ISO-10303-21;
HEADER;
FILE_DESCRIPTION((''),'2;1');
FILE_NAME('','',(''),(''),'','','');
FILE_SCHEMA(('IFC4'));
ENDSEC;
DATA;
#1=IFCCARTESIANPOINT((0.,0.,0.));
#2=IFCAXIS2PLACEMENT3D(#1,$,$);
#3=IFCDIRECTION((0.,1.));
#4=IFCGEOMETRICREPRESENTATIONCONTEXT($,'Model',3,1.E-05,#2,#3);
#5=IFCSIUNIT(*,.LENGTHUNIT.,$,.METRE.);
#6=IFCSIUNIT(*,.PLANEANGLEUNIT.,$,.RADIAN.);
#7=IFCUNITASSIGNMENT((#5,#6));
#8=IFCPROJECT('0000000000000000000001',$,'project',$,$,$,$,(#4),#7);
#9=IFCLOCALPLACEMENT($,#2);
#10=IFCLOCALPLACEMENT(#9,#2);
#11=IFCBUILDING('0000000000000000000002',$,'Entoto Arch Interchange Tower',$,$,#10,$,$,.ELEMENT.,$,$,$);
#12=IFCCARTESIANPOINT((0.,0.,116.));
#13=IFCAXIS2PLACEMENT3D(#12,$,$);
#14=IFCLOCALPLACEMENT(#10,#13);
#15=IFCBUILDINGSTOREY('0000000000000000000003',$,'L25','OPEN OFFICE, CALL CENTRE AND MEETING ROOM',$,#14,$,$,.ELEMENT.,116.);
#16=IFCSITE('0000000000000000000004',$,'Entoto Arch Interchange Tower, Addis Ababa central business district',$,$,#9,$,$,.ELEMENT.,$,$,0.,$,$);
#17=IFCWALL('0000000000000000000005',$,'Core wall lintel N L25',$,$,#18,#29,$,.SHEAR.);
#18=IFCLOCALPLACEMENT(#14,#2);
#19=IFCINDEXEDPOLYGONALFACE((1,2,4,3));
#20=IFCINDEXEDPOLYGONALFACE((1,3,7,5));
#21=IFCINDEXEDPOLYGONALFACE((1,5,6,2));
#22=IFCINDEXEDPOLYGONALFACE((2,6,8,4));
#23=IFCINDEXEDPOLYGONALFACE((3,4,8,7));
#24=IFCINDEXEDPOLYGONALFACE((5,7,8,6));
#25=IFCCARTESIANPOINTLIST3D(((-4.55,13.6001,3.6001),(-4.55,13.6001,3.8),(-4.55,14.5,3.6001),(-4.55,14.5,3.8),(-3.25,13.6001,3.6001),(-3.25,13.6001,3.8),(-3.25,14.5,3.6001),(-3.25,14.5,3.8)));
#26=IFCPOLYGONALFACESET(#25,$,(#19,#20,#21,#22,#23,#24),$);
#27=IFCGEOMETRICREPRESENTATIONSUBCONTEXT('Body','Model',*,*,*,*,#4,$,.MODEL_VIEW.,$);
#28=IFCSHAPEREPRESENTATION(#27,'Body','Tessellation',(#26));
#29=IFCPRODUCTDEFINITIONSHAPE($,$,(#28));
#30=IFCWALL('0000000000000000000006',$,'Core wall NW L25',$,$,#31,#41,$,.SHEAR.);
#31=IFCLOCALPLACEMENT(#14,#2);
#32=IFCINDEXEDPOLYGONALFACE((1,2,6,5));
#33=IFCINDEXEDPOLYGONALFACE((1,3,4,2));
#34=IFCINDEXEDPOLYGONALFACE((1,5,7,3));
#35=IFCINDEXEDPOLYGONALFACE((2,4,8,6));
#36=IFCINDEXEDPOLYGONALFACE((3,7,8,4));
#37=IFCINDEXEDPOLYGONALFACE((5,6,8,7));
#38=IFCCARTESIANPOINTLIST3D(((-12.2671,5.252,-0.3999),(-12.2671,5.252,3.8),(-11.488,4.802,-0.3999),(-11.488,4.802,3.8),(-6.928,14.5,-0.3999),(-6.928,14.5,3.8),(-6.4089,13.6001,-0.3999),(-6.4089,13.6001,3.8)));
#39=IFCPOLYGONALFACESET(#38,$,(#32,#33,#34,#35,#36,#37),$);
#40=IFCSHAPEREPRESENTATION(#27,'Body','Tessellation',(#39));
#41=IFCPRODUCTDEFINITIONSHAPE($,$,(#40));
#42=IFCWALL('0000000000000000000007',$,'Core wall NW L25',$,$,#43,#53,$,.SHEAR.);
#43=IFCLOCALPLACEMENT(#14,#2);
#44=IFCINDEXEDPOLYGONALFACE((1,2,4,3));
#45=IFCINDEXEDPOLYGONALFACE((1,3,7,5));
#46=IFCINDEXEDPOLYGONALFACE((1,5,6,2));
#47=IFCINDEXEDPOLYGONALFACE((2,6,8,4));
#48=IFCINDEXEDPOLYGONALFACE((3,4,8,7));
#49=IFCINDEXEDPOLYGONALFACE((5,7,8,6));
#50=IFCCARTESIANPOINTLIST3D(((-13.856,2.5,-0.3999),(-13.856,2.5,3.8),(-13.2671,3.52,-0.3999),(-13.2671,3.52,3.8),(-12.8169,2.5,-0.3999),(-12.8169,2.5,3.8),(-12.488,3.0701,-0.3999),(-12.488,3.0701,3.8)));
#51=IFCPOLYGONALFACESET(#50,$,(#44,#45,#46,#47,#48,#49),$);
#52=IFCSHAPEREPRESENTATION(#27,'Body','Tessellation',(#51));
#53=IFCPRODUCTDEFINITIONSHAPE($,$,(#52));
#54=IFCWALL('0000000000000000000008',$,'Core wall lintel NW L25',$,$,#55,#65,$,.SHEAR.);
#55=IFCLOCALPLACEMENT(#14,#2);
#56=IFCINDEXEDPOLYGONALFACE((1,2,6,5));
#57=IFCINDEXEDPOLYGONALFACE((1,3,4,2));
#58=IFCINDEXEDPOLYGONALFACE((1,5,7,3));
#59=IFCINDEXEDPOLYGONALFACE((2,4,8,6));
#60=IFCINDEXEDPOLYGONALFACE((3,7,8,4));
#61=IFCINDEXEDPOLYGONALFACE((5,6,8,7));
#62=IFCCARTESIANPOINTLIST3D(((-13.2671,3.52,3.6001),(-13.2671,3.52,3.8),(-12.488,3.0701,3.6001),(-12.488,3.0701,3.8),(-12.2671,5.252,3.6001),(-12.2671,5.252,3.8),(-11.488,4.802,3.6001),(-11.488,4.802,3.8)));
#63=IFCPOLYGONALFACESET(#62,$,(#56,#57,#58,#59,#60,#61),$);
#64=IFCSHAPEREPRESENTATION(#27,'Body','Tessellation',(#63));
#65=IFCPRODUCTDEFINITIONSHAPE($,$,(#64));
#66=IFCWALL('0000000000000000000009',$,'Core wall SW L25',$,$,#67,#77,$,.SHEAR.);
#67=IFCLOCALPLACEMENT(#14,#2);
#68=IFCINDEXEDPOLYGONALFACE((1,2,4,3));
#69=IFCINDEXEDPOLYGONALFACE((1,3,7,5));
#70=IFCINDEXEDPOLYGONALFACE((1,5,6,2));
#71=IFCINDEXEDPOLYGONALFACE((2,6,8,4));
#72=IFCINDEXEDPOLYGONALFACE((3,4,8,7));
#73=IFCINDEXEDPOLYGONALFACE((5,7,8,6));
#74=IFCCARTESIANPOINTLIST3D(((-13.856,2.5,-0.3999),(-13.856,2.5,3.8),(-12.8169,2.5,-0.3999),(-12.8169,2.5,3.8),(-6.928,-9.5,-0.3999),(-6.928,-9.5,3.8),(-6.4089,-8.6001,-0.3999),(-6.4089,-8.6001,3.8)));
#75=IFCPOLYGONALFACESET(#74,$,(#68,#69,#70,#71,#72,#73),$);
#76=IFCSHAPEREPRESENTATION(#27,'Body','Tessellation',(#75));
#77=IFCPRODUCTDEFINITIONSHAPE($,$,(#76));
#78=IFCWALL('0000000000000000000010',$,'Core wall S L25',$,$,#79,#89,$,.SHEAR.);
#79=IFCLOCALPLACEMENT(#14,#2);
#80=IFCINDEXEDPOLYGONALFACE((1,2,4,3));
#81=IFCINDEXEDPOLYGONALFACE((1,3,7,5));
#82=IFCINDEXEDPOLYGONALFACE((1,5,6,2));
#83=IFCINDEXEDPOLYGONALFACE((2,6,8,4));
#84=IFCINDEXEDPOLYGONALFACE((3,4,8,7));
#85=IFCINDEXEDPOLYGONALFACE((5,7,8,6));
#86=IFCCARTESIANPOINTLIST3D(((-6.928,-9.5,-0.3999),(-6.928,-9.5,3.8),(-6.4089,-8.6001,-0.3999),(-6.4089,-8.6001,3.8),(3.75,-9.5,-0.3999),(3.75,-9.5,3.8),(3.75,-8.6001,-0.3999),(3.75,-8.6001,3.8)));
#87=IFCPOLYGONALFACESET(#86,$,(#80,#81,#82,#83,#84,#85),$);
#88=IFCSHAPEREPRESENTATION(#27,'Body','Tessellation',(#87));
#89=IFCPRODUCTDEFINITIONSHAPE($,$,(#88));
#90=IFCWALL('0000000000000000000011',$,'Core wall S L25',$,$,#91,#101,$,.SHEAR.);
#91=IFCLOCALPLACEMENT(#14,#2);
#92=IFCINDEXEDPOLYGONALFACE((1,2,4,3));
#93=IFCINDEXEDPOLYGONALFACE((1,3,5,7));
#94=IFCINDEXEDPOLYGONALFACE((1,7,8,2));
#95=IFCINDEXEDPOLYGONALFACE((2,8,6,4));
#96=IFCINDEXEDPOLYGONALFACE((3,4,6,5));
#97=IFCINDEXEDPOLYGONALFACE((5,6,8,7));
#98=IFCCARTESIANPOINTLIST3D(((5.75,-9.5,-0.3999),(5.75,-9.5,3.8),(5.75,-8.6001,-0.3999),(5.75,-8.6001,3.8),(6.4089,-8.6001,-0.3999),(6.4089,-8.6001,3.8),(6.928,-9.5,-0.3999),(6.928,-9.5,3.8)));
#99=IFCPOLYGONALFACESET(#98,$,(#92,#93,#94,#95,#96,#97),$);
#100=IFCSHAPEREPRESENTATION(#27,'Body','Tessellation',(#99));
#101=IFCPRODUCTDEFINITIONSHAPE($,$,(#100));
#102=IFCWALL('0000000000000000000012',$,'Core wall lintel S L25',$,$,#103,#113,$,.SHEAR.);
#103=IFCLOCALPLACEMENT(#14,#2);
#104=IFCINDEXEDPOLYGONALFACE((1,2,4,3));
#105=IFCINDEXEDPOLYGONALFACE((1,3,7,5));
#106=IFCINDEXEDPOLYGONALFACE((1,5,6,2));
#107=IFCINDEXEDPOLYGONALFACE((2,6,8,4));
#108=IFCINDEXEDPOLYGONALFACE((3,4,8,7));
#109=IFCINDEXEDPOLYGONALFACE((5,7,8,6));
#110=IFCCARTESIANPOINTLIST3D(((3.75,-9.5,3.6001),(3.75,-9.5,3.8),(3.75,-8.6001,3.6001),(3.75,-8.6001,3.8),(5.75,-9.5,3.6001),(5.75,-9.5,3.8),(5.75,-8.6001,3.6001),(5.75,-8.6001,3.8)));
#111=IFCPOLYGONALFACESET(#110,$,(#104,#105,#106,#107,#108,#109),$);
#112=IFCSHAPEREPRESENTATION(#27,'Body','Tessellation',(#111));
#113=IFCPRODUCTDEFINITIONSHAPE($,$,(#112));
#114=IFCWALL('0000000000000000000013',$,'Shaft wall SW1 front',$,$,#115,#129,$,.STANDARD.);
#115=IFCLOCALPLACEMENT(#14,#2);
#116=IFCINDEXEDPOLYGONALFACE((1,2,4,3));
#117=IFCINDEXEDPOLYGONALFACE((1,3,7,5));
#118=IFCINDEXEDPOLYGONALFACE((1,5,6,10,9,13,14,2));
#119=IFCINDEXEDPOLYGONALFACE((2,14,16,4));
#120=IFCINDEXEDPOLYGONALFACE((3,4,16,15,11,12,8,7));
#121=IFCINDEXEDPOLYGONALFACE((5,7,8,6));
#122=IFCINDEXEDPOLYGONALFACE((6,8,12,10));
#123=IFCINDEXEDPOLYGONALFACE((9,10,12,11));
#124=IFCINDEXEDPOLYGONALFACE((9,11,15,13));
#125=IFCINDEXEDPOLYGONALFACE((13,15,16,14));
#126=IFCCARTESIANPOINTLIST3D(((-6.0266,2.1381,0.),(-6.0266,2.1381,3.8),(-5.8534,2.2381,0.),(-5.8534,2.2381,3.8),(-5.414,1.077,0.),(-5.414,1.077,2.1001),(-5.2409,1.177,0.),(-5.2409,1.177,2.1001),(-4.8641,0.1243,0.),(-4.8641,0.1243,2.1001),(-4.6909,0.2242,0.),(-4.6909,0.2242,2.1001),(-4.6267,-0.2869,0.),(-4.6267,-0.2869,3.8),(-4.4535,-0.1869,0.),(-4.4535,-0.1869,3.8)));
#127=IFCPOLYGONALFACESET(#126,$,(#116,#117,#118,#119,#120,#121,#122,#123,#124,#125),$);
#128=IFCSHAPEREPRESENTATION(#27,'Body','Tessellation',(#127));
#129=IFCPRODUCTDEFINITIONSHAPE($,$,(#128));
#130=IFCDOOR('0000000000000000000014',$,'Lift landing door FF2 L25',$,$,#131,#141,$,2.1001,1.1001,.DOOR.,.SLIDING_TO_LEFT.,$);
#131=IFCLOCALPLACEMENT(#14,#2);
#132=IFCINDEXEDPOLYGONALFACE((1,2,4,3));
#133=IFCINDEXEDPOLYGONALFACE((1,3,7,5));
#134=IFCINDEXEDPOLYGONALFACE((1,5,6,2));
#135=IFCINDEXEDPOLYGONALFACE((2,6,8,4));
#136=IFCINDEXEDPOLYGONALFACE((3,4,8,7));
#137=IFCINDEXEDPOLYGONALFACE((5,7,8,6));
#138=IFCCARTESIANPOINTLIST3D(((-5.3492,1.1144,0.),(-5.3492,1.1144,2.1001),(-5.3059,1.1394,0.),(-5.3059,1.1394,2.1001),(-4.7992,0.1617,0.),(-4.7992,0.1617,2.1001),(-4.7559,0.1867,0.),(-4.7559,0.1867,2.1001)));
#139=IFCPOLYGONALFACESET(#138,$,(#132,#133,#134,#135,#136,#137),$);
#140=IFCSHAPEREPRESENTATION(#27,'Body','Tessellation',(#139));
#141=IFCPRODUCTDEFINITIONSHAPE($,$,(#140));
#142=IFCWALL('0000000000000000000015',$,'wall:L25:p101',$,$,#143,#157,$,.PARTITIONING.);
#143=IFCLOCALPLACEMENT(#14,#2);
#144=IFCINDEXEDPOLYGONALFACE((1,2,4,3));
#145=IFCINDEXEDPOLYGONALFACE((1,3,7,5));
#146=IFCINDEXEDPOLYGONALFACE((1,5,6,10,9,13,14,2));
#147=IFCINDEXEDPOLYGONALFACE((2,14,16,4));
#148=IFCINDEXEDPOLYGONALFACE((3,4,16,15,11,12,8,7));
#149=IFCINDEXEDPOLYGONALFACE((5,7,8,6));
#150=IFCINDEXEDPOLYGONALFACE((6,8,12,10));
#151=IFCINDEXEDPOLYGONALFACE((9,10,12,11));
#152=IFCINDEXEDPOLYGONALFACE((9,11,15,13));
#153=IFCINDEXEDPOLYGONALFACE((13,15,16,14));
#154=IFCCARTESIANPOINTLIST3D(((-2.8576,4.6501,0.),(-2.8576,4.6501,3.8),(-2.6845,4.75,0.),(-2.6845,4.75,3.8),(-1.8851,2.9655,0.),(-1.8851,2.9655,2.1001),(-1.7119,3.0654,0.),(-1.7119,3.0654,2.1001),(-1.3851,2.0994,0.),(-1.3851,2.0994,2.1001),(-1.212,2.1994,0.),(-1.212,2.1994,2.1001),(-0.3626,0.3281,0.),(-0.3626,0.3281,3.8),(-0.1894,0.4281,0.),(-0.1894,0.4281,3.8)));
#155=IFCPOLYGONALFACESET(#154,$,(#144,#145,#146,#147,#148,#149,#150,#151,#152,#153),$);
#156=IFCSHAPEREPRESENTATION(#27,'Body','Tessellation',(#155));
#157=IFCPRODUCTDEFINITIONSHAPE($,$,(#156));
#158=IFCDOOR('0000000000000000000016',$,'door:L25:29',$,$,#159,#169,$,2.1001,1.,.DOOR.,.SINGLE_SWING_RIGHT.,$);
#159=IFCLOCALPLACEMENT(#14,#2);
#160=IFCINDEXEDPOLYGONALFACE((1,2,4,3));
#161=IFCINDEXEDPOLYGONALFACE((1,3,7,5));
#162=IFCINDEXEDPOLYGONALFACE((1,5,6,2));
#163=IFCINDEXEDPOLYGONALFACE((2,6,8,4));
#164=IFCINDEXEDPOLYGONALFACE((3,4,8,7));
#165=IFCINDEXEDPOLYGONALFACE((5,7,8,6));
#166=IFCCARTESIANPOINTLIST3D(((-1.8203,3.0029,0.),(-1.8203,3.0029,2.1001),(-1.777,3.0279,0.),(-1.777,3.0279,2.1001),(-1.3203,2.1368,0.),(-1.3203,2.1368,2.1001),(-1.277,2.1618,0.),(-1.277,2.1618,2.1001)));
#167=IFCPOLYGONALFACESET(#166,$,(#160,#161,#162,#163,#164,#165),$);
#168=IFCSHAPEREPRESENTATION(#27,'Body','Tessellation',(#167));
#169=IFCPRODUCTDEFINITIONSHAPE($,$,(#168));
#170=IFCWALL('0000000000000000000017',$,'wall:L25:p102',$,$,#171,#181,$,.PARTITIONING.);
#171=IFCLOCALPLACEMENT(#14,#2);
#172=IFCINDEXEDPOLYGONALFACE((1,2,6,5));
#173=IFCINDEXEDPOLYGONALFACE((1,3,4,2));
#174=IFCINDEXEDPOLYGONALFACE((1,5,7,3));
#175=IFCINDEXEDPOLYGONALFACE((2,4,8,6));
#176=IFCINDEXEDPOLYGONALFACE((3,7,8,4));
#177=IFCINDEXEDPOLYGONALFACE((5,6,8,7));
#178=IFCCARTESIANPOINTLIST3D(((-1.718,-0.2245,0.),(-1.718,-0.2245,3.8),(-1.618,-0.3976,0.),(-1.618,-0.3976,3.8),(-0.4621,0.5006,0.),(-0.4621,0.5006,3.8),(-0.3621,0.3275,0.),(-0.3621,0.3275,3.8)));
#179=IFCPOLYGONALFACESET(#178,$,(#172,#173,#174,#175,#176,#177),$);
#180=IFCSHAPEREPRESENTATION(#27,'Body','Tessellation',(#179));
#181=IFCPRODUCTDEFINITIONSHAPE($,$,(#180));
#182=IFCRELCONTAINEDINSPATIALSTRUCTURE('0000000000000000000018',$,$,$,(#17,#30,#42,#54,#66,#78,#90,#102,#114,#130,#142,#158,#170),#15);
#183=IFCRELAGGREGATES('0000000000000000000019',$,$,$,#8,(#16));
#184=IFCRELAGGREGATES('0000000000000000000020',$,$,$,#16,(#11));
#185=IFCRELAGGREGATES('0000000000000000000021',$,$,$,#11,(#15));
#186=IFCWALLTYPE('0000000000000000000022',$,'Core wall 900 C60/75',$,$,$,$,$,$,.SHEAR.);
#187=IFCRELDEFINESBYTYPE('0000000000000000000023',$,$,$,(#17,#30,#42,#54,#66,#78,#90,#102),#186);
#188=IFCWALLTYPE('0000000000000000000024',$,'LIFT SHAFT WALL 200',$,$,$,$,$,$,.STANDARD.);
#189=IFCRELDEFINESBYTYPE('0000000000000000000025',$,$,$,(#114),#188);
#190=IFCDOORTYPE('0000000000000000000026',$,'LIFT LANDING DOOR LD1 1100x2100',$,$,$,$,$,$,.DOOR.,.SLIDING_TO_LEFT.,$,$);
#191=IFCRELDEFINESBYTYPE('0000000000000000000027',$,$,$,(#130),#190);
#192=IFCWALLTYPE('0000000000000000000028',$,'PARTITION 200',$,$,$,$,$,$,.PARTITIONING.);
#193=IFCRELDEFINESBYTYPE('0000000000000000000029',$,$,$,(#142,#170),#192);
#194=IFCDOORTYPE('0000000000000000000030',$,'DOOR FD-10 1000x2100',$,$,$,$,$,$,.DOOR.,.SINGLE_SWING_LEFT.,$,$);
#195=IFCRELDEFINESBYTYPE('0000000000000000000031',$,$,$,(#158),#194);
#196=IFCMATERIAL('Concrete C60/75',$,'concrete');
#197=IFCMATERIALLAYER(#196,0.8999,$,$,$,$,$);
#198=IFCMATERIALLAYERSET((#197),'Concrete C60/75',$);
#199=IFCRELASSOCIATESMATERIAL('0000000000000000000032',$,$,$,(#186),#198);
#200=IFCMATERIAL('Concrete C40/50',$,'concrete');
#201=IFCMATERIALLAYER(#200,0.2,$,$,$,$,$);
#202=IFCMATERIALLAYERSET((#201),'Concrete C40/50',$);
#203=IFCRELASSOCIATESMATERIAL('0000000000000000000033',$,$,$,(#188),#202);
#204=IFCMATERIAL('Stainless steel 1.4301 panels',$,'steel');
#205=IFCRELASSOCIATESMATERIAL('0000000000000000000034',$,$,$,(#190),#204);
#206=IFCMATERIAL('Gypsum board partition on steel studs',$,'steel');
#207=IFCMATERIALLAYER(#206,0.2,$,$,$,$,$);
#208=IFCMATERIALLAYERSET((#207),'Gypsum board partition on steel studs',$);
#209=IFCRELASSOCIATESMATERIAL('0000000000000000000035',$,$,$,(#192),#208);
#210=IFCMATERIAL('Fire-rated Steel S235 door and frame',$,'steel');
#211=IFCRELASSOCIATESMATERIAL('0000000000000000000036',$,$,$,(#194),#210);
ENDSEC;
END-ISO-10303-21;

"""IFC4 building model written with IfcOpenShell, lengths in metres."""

from ifc_helpers import new_model, si_unit, direction, frame, frame_2d, origin, place, context, subcontext, project, spatial, polyline, rectangle, outline, extrude, material, layer, layer_set, type_object, element, fill, save


model = new_model("IFC4")

# Units and contexts
model_context = context("Model", 3, precision=1e-05, world=origin(), true_north=direction((0.0, 1.0)))
body_context = subcontext(model_context, "Body", "Model", "MODEL_VIEW")
ifc_project = project(units=[si_unit("LENGTHUNIT", "METRE"), si_unit("PLANEANGLEUNIT", "RADIAN")], contexts=[model_context])

# Site, building, storey
site_placement = place(None, origin())
site = spatial("IfcSite", under=ifc_project, at=site_placement, Name="Entoto Arch Interchange Tower, Addis Ababa central business district", CompositionType="ELEMENT", RefElevation=0.0)
building_placement = place(site_placement, origin())
building = spatial("IfcBuilding", under=site, at=building_placement, Name="Entoto Arch Interchange Tower", CompositionType="ELEMENT")
storey_placement = place(building_placement, frame((0.0, 0.0, 116.0)))
storey = spatial("IfcBuildingStorey", under=building, at=storey_placement, Name="L25", Description="OPEN OFFICE, CALL CENTRE AND MEETING ROOM", CompositionType="ELEMENT", Elevation=116.0)

# Walls
ifc_material_1 = material(Name="Concrete C60/75", Category="concrete")
ifc_layer_1 = layer(ifc_material_1, 0.8999)
ifc_layer_set_1 = layer_set([ifc_layer_1], Name="Concrete C60/75")
wall_type_1 = type_object("IfcWallType", Name="Core wall 900 C60/75", PredefinedType="SHEAR", material=ifc_layer_set_1)
wall_1_placement = place(storey_placement, frame((0.0, 0.0, 3.6001)))
element("IfcWall", 1, at=wall_1_placement, inside=storey, type_object=wall_type_1, Name="Core wall lintel N L25", PredefinedType="SHEAR", context=body_context, shape_type="SweptSolid", body=[
    extrude(outline(polyline([(-4.55, 14.5), (-4.55, 13.6001), (-3.25, 13.6001), (-3.25, 14.5), (-4.55, 14.5)])), origin(), (0.0, 0.0, 1.0), 0.2),
])
wall_2_placement = place(storey_placement, frame((0.0, 0.0, -0.3999)))
element("IfcWall", 2, at=wall_2_placement, inside=storey, type_object=wall_type_1, Name="Core wall NW L25", PredefinedType="SHEAR", context=body_context, shape_type="SweptSolid", body=[
    extrude(outline(polyline([(-12.2671, 5.252), (-11.488, 4.802), (-6.4089, 13.6001), (-6.928, 14.5), (-12.2671, 5.252)])), origin(), (0.0, 0.0, 1.0), 4.2),
])
wall_3_placement = place(storey_placement, frame((0.0, 0.0, -0.3999)))
element("IfcWall", 3, at=wall_3_placement, inside=storey, type_object=wall_type_1, Name="Core wall NW L25", PredefinedType="SHEAR", context=body_context, shape_type="SweptSolid", body=[
    extrude(outline(polyline([(-12.488, 3.0701), (-13.2671, 3.52), (-13.856, 2.5), (-12.8169, 2.5), (-12.488, 3.0701)])), origin(), (0.0, 0.0, 1.0), 4.2),
])
wall_4_placement = place(storey_placement, frame((0.0, 0.0, 3.6001)))
element("IfcWall", 4, at=wall_4_placement, inside=storey, type_object=wall_type_1, Name="Core wall lintel NW L25", PredefinedType="SHEAR", context=body_context, shape_type="SweptSolid", body=[
    extrude(outline(polyline([(-13.2671, 3.52), (-12.488, 3.0701), (-11.488, 4.802), (-12.2671, 5.252), (-13.2671, 3.52)])), origin(), (0.0, 0.0, 1.0), 0.2),
])
wall_5_placement = place(storey_placement, frame((0.0, 0.0, -0.3999)))
element("IfcWall", 5, at=wall_5_placement, inside=storey, type_object=wall_type_1, Name="Core wall SW L25", PredefinedType="SHEAR", context=body_context, shape_type="SweptSolid", body=[
    extrude(outline(polyline([(-13.856, 2.5), (-6.928, -9.5), (-6.4089, -8.6001), (-12.8169, 2.5), (-13.856, 2.5)])), origin(), (0.0, 0.0, 1.0), 4.2),
])
wall_6_placement = place(storey_placement, frame((0.0, 0.0, -0.3999)))
element("IfcWall", 6, at=wall_6_placement, inside=storey, type_object=wall_type_1, Name="Core wall S L25", PredefinedType="SHEAR", context=body_context, shape_type="SweptSolid", body=[
    extrude(outline(polyline([(3.75, -9.5), (3.75, -8.6001), (-6.4089, -8.6001), (-6.928, -9.5), (3.75, -9.5)])), origin(), (0.0, 0.0, 1.0), 4.2),
])
wall_7_placement = place(storey_placement, frame((0.0, 0.0, -0.3999)))
element("IfcWall", 7, at=wall_7_placement, inside=storey, type_object=wall_type_1, Name="Core wall S L25", PredefinedType="SHEAR", context=body_context, shape_type="SweptSolid", body=[
    extrude(outline(polyline([(5.75, -8.6001), (5.75, -9.5), (6.928, -9.5), (6.4089, -8.6001), (5.75, -8.6001)])), origin(), (0.0, 0.0, 1.0), 4.2),
])
wall_8_placement = place(storey_placement, frame((0.0, 0.0, 3.6001)))
element("IfcWall", 8, at=wall_8_placement, inside=storey, type_object=wall_type_1, Name="Core wall lintel S L25", PredefinedType="SHEAR", context=body_context, shape_type="SweptSolid", body=[
    extrude(outline(polyline([(5.75, -9.5), (5.75, -8.6001), (3.75, -8.6001), (3.75, -9.5), (5.75, -9.5)])), origin(), (0.0, 0.0, 1.0), 0.2),
])

# Walls, openings, doors
ifc_material_2 = material(Name="Concrete C40/50", Category="concrete")
ifc_layer_2 = layer(ifc_material_2, 0.2)
ifc_layer_set_2 = layer_set([ifc_layer_2], Name="Concrete C40/50")
wall_type_2 = type_object("IfcWallType", Name="LIFT SHAFT WALL 200", PredefinedType="STANDARD", material=ifc_layer_set_2)
wall_9_placement = place(storey_placement, frame((-5.9399, 2.188, 0.0), z_axis=(0.0, 0.0, 1.0), x_axis=(0.499946, -0.866056, 0.0)))
wall_9 = element("IfcWall", 9, at=wall_9_placement, inside=storey, type_object=wall_type_2, Name="Shaft wall SW1 front", PredefinedType="STANDARD", context=body_context, shape_type="SweptSolid", body=[
    extrude(rectangle(XDim=2.8, YDim=0.2, at=frame_2d((1.3999, 0.0))), origin(), (0.0, 0.0, 1.0), 3.8),
])
opening_1_placement = place(wall_9_placement, frame((1.2251, 0.0, 0.0)))
opening_1 = element("IfcOpeningElement", 10, at=opening_1_placement, cuts=wall_9, PredefinedType="OPENING", context=body_context, shape_type="SweptSolid", body=[
    extrude(rectangle(XDim=1.1001, YDim=2.1001, at=frame_2d((0.55, 1.05))), frame((0.0, 0.1099, 0.0), z_axis=(0.0, -1.0, 0.0), x_axis=(1.0, 0.0, 0.0)), (0.0, 0.0, 1.0), 0.22),
])
ifc_material_3 = material(Name="Stainless steel 1.4301 panels", Category="steel")
door_type_1 = type_object("IfcDoorType", Name="LIFT LANDING DOOR LD1 1100x2100", OperationType="SLIDING_TO_LEFT", PredefinedType="DOOR", material=ifc_material_3)
door_1_placement = place(opening_1_placement, origin())
door_1 = element("IfcDoor", 11, at=door_1_placement, inside=storey, type_object=door_type_1, Name="Lift landing door FF2 L25", OperationType="SLIDING_TO_LEFT", OverallHeight=2.1001, OverallWidth=1.1001, PredefinedType="DOOR", context=body_context, shape_type="SweptSolid", body=[
    extrude(rectangle(XDim=1.1001, YDim=2.1001, at=frame_2d((0.55, 1.05))), frame((0.0, 0.0249, 0.0), z_axis=(0.0, -1.0, 0.0), x_axis=(1.0, 0.0, 0.0)), (0.0, 0.0, 1.0), 0.05),
])
fill(opening_1, door_1)
ifc_material_4 = material(Name="Gypsum board partition on steel studs", Category="steel")
ifc_layer_3 = layer(ifc_material_4, 0.2)
ifc_layer_set_3 = layer_set([ifc_layer_3], Name="Gypsum board partition on steel studs")
wall_type_3 = type_object("IfcWallType", Name="PARTITION 200", PredefinedType="PARTITIONING", material=ifc_layer_set_3)
wall_10_placement = place(storey_placement, frame((-2.771, 4.7, 0.0), z_axis=(0.0, 0.0, 1.0), x_axis=(0.499969, -0.866043, 0.0)))
wall_10 = element("IfcWall", 12, at=wall_10_placement, inside=storey, type_object=wall_type_3, Name="wall:L25:p101", PredefinedType="PARTITIONING", context=body_context, shape_type="SweptSolid", body=[
    extrude(rectangle(XDim=4.9905, YDim=0.2, at=frame_2d((2.4951, 0.0))), origin(), (0.0, 0.0, 1.0), 3.8),
])
opening_2_placement = place(wall_10_placement, frame((1.9451, 0.0, 0.0)))
opening_2 = element("IfcOpeningElement", 13, at=opening_2_placement, cuts=wall_10, PredefinedType="OPENING", context=body_context, shape_type="SweptSolid", body=[
    extrude(rectangle(XDim=1.0, YDim=2.1001, at=frame_2d((0.5, 1.05))), frame((0.0, 0.1099, 0.0), z_axis=(0.0, -1.0, 0.0), x_axis=(1.0, 0.0, 0.0)), (0.0, 0.0, 1.0), 0.22),
])
ifc_material_5 = material(Name="Fire-rated Steel S235 door and frame", Category="steel")
door_type_2 = type_object("IfcDoorType", Name="DOOR FD-10 1000x2100", OperationType="SINGLE_SWING_LEFT", PredefinedType="DOOR", material=ifc_material_5)
door_2_placement = place(opening_2_placement, origin())
door_2 = element("IfcDoor", 14, at=door_2_placement, inside=storey, type_object=door_type_2, Name="door:L25:29", OperationType="SINGLE_SWING_RIGHT", OverallHeight=2.1001, OverallWidth=1.0, PredefinedType="DOOR", context=body_context, shape_type="SweptSolid", body=[
    extrude(rectangle(XDim=1.0, YDim=2.1001, at=frame_2d((0.5, 1.05))), frame((0.0, 0.0249, 0.0), z_axis=(0.0, -1.0, 0.0), x_axis=(1.0, 0.0, 0.0)), (0.0, 0.0, 1.0), 0.05),
])
fill(opening_2, door_2)

# Wall
wall_11_placement = place(storey_placement, frame((-0.4121, 0.4141, 0.0), z_axis=(0.0, 0.0, 1.0), x_axis=(-0.866017, -0.500014, 0.0)))
element("IfcWall", 15, at=wall_11_placement, inside=storey, type_object=wall_type_3, Name="wall:L25:p102", PredefinedType="PARTITIONING", context=body_context, shape_type="SweptSolid", body=[
    extrude(rectangle(XDim=1.4502, YDim=0.2, at=frame_2d((0.7251, 0.0))), origin(), (0.0, 0.0, 1.0), 3.8),
])

save(model, "model.ifc")
